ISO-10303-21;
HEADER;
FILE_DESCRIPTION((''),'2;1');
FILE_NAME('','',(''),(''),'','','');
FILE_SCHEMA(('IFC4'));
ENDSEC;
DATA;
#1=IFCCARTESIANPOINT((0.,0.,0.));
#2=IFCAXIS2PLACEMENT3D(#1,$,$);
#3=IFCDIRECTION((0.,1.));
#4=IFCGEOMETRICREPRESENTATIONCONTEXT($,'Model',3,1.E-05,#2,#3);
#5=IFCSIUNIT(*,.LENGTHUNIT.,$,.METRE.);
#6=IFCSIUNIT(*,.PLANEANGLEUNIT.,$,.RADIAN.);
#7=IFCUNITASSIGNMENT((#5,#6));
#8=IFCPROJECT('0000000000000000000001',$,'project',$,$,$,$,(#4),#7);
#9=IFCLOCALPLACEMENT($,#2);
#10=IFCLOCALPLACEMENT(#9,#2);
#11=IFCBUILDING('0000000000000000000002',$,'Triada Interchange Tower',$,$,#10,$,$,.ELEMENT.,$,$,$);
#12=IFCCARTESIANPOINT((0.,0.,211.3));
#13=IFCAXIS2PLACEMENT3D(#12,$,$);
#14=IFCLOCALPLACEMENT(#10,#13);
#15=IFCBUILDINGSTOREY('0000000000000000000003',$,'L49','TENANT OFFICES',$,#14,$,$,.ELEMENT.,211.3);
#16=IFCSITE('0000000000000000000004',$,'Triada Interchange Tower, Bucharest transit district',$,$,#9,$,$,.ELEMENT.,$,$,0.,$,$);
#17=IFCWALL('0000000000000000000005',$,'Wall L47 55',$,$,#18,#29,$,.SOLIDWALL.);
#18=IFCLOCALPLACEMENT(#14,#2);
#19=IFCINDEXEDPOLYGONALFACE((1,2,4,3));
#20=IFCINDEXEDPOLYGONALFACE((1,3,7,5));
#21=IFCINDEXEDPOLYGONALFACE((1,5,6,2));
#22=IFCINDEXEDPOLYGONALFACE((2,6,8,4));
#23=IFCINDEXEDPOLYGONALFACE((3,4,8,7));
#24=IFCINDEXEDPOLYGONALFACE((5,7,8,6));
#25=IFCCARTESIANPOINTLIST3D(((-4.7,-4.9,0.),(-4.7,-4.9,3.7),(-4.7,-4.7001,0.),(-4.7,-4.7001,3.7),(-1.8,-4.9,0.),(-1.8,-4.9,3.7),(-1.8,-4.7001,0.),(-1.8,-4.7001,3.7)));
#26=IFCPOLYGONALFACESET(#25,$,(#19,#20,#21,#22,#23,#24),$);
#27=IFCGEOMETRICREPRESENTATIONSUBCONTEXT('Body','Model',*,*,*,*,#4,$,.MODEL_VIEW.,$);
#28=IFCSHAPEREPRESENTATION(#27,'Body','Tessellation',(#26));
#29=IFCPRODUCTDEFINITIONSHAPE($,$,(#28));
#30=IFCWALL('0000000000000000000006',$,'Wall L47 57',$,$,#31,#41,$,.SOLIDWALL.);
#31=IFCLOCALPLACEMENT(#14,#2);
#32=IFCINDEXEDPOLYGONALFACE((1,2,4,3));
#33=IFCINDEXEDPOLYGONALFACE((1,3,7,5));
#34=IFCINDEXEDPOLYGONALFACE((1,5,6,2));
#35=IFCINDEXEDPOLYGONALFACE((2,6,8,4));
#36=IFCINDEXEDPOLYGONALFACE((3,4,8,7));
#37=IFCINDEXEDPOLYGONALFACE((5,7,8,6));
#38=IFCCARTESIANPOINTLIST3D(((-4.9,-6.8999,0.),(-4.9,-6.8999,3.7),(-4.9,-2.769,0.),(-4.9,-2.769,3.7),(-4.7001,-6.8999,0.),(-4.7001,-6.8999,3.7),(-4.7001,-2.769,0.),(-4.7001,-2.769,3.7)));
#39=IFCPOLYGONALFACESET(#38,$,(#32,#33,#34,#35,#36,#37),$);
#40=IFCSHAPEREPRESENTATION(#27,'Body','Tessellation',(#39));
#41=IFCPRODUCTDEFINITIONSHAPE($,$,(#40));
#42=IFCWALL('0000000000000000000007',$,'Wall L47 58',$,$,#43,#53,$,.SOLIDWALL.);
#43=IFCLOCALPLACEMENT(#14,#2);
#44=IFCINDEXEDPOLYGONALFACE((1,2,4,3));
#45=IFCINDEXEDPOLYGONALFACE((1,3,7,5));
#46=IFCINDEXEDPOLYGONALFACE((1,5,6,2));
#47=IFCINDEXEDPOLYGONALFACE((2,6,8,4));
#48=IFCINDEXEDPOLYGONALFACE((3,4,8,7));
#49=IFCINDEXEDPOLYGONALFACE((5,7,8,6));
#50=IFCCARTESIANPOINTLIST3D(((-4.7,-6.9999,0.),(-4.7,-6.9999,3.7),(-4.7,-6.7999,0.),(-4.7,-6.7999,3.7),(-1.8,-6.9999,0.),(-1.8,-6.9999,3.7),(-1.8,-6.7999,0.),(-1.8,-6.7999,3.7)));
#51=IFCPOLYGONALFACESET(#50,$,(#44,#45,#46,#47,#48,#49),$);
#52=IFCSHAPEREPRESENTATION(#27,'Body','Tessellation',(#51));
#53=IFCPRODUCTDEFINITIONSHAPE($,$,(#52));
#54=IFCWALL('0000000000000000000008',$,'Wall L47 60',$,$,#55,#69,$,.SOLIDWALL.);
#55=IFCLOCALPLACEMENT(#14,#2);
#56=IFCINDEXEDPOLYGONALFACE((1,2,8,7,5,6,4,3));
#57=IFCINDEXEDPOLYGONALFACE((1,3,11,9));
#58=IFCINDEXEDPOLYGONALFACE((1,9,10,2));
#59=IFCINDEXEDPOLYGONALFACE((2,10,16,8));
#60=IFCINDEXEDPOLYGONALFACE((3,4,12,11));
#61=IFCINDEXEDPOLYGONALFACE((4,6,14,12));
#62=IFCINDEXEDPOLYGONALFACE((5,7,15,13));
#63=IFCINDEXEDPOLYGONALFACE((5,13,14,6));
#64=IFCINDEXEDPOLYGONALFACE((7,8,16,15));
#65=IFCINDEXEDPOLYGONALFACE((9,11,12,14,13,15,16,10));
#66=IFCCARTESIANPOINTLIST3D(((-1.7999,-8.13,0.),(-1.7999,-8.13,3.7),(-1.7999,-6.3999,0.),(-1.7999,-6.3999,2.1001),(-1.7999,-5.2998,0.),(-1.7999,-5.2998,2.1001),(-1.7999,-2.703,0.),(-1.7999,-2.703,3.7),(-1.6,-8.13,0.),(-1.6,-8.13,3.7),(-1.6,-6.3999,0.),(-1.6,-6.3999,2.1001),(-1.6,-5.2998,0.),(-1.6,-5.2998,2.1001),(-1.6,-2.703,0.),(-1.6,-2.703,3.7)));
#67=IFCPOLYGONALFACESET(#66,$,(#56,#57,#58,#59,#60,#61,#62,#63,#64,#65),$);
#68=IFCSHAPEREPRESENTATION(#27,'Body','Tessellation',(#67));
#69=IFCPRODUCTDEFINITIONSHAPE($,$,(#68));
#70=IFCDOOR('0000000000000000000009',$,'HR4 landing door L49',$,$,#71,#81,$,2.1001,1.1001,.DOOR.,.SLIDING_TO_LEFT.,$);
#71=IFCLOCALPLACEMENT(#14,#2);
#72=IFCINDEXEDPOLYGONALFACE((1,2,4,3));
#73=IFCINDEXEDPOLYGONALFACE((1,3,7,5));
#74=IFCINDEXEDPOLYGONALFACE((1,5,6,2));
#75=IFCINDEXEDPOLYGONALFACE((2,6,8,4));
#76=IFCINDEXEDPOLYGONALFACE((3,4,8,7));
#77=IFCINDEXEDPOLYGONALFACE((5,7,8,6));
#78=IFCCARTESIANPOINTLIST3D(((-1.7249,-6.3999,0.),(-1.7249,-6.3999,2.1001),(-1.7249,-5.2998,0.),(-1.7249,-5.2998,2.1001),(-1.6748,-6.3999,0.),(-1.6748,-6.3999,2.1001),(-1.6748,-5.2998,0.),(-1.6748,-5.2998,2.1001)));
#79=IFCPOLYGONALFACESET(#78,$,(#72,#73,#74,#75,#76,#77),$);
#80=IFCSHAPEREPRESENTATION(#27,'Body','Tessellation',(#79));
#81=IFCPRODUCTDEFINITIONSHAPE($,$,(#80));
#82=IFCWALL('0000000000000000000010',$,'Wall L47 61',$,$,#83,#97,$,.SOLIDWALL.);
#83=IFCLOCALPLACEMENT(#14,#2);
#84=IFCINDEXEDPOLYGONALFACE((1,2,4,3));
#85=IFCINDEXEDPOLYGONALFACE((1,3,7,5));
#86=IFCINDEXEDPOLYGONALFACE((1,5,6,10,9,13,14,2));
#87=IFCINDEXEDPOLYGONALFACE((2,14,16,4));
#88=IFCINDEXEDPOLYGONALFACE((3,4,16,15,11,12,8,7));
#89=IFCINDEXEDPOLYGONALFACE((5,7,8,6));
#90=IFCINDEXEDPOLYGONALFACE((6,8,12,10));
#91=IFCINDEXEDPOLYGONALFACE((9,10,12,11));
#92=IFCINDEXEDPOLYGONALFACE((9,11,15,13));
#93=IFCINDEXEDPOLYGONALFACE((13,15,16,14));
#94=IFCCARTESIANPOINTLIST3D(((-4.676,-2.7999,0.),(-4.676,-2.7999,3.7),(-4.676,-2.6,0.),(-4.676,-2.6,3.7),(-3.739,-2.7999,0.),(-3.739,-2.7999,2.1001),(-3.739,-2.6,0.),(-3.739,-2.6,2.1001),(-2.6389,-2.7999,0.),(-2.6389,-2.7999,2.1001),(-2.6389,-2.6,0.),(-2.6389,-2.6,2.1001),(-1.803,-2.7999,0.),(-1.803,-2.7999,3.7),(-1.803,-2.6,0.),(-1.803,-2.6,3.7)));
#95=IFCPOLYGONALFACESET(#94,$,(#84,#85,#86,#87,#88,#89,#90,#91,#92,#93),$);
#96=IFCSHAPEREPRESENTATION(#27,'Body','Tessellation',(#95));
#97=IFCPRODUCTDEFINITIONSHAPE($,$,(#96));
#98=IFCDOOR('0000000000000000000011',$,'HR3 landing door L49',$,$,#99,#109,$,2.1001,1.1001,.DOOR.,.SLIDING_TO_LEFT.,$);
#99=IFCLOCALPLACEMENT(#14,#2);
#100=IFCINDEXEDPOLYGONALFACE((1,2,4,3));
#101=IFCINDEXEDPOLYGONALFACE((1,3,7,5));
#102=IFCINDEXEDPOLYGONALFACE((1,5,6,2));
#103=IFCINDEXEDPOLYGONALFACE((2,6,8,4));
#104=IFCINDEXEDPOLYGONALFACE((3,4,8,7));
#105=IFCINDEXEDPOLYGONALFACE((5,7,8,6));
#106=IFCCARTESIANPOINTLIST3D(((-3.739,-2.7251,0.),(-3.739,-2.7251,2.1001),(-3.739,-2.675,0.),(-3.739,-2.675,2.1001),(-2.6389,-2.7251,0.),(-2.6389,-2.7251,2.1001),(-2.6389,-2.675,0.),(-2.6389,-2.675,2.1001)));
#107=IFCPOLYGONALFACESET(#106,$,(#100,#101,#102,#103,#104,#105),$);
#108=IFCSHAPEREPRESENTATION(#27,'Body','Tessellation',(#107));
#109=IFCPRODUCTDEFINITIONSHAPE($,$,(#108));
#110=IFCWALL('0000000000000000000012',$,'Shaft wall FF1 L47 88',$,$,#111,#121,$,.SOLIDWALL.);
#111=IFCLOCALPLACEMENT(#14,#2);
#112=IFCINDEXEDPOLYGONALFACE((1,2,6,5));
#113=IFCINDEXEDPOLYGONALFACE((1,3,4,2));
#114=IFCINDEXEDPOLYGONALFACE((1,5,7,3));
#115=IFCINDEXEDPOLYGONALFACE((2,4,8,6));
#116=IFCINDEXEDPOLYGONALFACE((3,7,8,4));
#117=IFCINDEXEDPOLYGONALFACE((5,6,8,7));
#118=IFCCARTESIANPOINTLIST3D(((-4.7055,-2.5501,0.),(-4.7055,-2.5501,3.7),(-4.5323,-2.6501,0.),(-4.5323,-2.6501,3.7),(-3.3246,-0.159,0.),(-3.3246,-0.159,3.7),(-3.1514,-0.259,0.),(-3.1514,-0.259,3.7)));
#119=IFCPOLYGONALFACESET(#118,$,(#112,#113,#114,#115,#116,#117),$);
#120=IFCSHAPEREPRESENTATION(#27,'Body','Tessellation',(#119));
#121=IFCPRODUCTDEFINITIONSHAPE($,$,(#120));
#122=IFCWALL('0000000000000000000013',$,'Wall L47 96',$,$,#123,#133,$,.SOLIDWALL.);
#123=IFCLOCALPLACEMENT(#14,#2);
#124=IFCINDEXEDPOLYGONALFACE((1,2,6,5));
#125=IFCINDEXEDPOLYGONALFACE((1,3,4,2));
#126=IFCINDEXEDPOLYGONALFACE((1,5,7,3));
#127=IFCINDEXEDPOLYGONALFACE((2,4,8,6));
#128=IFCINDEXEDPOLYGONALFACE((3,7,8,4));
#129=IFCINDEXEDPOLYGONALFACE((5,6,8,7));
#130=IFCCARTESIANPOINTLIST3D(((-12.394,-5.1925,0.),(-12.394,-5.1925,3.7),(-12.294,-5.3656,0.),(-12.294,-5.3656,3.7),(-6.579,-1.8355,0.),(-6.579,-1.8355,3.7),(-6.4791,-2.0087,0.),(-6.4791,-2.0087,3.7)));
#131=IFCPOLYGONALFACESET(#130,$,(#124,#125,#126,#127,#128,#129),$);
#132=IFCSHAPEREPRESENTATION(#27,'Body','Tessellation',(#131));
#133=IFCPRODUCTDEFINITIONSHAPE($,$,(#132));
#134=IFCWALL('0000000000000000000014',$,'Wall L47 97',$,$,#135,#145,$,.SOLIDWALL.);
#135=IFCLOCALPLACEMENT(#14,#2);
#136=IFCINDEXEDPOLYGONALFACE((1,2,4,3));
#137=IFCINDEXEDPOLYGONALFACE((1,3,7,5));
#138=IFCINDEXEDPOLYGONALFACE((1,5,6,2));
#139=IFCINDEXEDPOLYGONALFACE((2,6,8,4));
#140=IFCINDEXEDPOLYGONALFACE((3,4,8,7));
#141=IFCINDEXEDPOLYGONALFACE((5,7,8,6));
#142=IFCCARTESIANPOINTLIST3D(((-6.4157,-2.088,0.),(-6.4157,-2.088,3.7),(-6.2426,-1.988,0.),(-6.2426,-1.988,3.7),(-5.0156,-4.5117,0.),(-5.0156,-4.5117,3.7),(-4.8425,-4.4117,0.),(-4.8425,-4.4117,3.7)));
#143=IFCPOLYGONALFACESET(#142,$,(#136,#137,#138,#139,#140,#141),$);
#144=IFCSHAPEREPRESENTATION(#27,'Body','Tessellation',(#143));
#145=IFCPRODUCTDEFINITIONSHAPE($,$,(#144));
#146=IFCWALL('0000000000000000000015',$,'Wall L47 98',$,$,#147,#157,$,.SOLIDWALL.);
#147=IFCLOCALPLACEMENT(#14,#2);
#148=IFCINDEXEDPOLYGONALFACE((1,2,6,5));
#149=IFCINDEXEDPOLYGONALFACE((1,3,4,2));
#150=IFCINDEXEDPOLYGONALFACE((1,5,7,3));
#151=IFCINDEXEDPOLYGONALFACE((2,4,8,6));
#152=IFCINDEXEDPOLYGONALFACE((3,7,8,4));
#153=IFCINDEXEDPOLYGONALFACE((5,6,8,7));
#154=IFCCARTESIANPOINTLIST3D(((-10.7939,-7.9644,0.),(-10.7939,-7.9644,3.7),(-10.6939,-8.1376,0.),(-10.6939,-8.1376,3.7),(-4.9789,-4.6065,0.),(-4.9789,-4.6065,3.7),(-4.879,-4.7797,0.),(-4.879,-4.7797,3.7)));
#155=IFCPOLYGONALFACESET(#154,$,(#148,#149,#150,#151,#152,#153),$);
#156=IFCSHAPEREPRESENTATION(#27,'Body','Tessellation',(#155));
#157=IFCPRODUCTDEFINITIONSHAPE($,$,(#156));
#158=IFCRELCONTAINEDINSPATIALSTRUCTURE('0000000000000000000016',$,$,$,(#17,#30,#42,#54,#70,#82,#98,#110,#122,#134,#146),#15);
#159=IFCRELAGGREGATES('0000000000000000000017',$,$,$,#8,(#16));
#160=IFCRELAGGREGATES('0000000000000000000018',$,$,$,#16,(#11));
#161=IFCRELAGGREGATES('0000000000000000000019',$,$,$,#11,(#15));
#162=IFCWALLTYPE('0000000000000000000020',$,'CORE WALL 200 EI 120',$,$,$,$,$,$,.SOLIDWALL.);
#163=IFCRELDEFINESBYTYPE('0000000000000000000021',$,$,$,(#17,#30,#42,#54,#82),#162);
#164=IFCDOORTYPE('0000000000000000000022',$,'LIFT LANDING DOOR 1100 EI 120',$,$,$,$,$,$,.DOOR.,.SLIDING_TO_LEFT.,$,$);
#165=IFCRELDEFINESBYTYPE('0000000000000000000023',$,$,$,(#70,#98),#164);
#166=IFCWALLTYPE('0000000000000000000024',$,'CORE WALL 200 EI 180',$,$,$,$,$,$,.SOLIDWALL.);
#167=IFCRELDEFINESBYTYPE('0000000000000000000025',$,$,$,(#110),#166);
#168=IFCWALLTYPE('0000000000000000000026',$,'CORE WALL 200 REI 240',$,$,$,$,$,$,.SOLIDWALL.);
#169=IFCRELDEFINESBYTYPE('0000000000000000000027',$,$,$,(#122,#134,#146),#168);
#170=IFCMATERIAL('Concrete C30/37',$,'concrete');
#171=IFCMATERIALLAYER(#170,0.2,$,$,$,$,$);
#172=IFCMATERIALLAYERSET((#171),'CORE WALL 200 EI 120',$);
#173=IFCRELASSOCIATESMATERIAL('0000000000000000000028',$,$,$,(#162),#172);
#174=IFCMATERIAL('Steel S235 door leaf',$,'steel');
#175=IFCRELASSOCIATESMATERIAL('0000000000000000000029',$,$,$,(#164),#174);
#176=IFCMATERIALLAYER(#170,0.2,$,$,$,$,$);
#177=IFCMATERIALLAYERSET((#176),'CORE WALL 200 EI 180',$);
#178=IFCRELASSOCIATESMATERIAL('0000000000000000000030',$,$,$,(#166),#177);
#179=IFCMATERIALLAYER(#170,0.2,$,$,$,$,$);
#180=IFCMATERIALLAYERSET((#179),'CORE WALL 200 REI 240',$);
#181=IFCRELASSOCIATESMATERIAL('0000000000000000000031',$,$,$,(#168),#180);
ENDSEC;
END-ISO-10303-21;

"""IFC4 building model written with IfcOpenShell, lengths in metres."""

from ifc_helpers import new_model, si_unit, direction, frame, frame_2d, origin, place, context, subcontext, project, spatial, rectangle, extrude, material, layer, layer_set, type_object, element, fill, save


model = new_model("IFC4")

# Units and contexts
model_context = context("Model", 3, precision=1e-05, world=origin(), true_north=direction((0.0, 1.0)))
body_context = subcontext(model_context, "Body", "Model", "MODEL_VIEW")
ifc_project = project(units=[si_unit("LENGTHUNIT", "METRE"), si_unit("PLANEANGLEUNIT", "RADIAN")], contexts=[model_context])

# Site, building, storey
site_placement = place(None, origin())
site = spatial("IfcSite", under=ifc_project, at=site_placement, Name="Triada Interchange Tower, Bucharest transit district", CompositionType="ELEMENT", RefElevation=0.0)
building_placement = place(site_placement, origin())
building = spatial("IfcBuilding", under=site, at=building_placement, Name="Triada Interchange Tower", CompositionType="ELEMENT")
storey_placement = place(building_placement, frame((0.0, 0.0, 211.3)))
storey = spatial("IfcBuildingStorey", under=building, at=storey_placement, Name="L49", Description="TENANT OFFICES", CompositionType="ELEMENT", Elevation=211.3)

# Walls
ifc_material_1 = material(Name="Concrete C30/37", Category="concrete")
ifc_layer_1 = layer(ifc_material_1, 0.2)
ifc_layer_set_1 = layer_set([ifc_layer_1], Name="CORE WALL 200 EI 120")
wall_type_1 = type_object("IfcWallType", Name="CORE WALL 200 EI 120", PredefinedType="SOLIDWALL", material=ifc_layer_set_1)
wall_1_placement = place(storey_placement, frame((-4.7, -4.8, 0.0), z_axis=(0.0, 0.0, 1.0), x_axis=(1.0, 0.0, 0.0)))
element("IfcWall", 1, at=wall_1_placement, inside=storey, type_object=wall_type_1, Name="Wall L47 55", PredefinedType="SOLIDWALL", context=body_context, shape_type="SweptSolid", body=[
    extrude(rectangle(XDim=2.8999, YDim=0.2, at=frame_2d((1.45, 0.0))), origin(), (0.0, 0.0, 1.0), 3.7),
])
wall_2_placement = place(storey_placement, frame((-4.8, -6.8999, 0.0), z_axis=(0.0, 0.0, 1.0), x_axis=(0.0, 1.0, 0.0)))
element("IfcWall", 2, at=wall_2_placement, inside=storey, type_object=wall_type_1, Name="Wall L47 57", PredefinedType="SOLIDWALL", context=body_context, shape_type="SweptSolid", body=[
    extrude(rectangle(XDim=4.1309, YDim=0.2, at=frame_2d((2.0654, 0.0))), origin(), (0.0, 0.0, 1.0), 3.7),
])
wall_3_placement = place(storey_placement, frame((-4.7, -6.8999, 0.0), z_axis=(0.0, 0.0, 1.0), x_axis=(1.0, 0.0, 0.0)))
element("IfcWall", 3, at=wall_3_placement, inside=storey, type_object=wall_type_1, Name="Wall L47 58", PredefinedType="SOLIDWALL", context=body_context, shape_type="SweptSolid", body=[
    extrude(rectangle(XDim=2.8999, YDim=0.2, at=frame_2d((1.45, 0.0))), origin(), (0.0, 0.0, 1.0), 3.7),
])

# Walls, openings, doors
wall_4_placement = place(storey_placement, frame((-1.7, -8.1299, 0.0), z_axis=(0.0, 0.0, 1.0), x_axis=(0.0, 1.0, 0.0)))
wall_4 = element("IfcWall", 4, at=wall_4_placement, inside=storey, type_object=wall_type_1, Name="Wall L47 60", PredefinedType="SOLIDWALL", context=body_context, shape_type="SweptSolid", body=[
    extrude(rectangle(XDim=5.427, YDim=0.2, at=frame_2d((2.7134, 0.0))), origin(), (0.0, 0.0, 1.0), 3.7),
])
opening_1_placement = place(wall_4_placement, frame((1.73, 0.0, 0.0)))
opening_1 = element("IfcOpeningElement", 5, at=opening_1_placement, cuts=wall_4, PredefinedType="OPENING", context=body_context, shape_type="SweptSolid", body=[
    extrude(rectangle(XDim=1.1001, YDim=2.1001, at=frame_2d((0.55, 1.05))), frame((0.0, 0.1099, 0.0), z_axis=(0.0, -1.0, 0.0), x_axis=(1.0, 0.0, 0.0)), (0.0, 0.0, 1.0), 0.22),
])
ifc_material_2 = material(Name="Steel S235 door leaf", Category="steel")
door_type_1 = type_object("IfcDoorType", Name="LIFT LANDING DOOR 1100 EI 120", OperationType="SLIDING_TO_LEFT", PredefinedType="DOOR", material=ifc_material_2)
door_1_placement = place(opening_1_placement, origin())
door_1 = element("IfcDoor", 6, at=door_1_placement, inside=storey, type_object=door_type_1, Name="HR4 landing door L49", OperationType="SLIDING_TO_LEFT", OverallHeight=2.1001, OverallWidth=1.1001, PredefinedType="DOOR", context=body_context, shape_type="SweptSolid", body=[
    extrude(rectangle(XDim=1.1001, YDim=2.1001, at=frame_2d((0.55, 1.05))), frame((0.0, 0.0249, 0.0), z_axis=(0.0, -1.0, 0.0), x_axis=(1.0, 0.0, 0.0)), (0.0, 0.0, 1.0), 0.05),
])
fill(opening_1, door_1)
wall_5_placement = place(storey_placement, frame((-4.676, -2.7, 0.0), z_axis=(0.0, 0.0, 1.0), x_axis=(1.0, 0.0, 0.0)))
wall_5 = element("IfcWall", 7, at=wall_5_placement, inside=storey, type_object=wall_type_1, Name="Wall L47 61", PredefinedType="SOLIDWALL", context=body_context, shape_type="SweptSolid", body=[
    extrude(rectangle(XDim=2.873, YDim=0.2, at=frame_2d((1.4365, 0.0))), origin(), (0.0, 0.0, 1.0), 3.7),
])
opening_2_placement = place(wall_5_placement, frame((0.937, 0.0, 0.0)))
opening_2 = element("IfcOpeningElement", 8, at=opening_2_placement, cuts=wall_5, PredefinedType="OPENING", context=body_context, shape_type="SweptSolid", body=[
    extrude(rectangle(XDim=1.1001, YDim=2.1001, at=frame_2d((0.55, 1.05))), frame((0.0, 0.1099, 0.0), z_axis=(0.0, -1.0, 0.0), x_axis=(1.0, 0.0, 0.0)), (0.0, 0.0, 1.0), 0.22),
])
door_2_placement = place(opening_2_placement, origin())
door_2 = element("IfcDoor", 9, at=door_2_placement, inside=storey, type_object=door_type_1, Name="HR3 landing door L49", OperationType="SLIDING_TO_LEFT", OverallHeight=2.1001, OverallWidth=1.1001, PredefinedType="DOOR", context=body_context, shape_type="SweptSolid", body=[
    extrude(rectangle(XDim=1.1001, YDim=2.1001, at=frame_2d((0.55, 1.05))), frame((0.0, 0.0249, 0.0), z_axis=(0.0, -1.0, 0.0), x_axis=(1.0, 0.0, 0.0)), (0.0, 0.0, 1.0), 0.05),
])
fill(opening_2, door_2)

# Walls
ifc_layer_2 = layer(ifc_material_1, 0.2)
ifc_layer_set_2 = layer_set([ifc_layer_2], Name="CORE WALL 200 EI 180")
wall_type_2 = type_object("IfcWallType", Name="CORE WALL 200 EI 180", PredefinedType="SOLIDWALL", material=ifc_layer_set_2)
wall_6_placement = place(storey_placement, frame((-4.6189, -2.6001, 0.0), z_axis=(0.0, 0.0, 1.0), x_axis=(0.500095, 0.865971, 0.0)))
element("IfcWall", 10, at=wall_6_placement, inside=storey, type_object=wall_type_2, Name="Shaft wall FF1 L47 88", PredefinedType="SOLIDWALL", context=body_context, shape_type="SweptSolid", body=[
    extrude(rectangle(XDim=2.7612, YDim=0.2, at=frame_2d((1.3806, 0.0))), origin(), (0.0, 0.0, 1.0), 3.7),
])
ifc_layer_3 = layer(ifc_material_1, 0.2)
ifc_layer_set_3 = layer_set([ifc_layer_3], Name="CORE WALL 200 REI 240")
wall_type_3 = type_object("IfcWallType", Name="CORE WALL 200 REI 240", PredefinedType="SOLIDWALL", material=ifc_layer_set_3)
wall_7_placement = place(storey_placement, frame((-12.344, -5.2791, 0.0), z_axis=(0.0, 0.0, 1.0), x_axis=(0.866046, 0.499964, 0.0)))
element("IfcWall", 11, at=wall_7_placement, inside=storey, type_object=wall_type_3, Name="Wall L47 96", PredefinedType="SOLIDWALL", context=body_context, shape_type="SweptSolid", body=[
    extrude(rectangle(XDim=6.7144, YDim=0.2, at=frame_2d((3.3572, 0.0))), origin(), (0.0, 0.0, 1.0), 3.7),
])
wall_8_placement = place(storey_placement, frame((-6.3291, -2.0381, 0.0), z_axis=(0.0, 0.0, 1.0), x_axis=(0.500201, -0.86591, 0.0)))
element("IfcWall", 12, at=wall_8_placement, inside=storey, type_object=wall_type_3, Name="Wall L47 97", PredefinedType="SOLIDWALL", context=body_context, shape_type="SweptSolid", body=[
    extrude(rectangle(XDim=2.7991, YDim=0.2, at=frame_2d((1.3994, 0.0))), origin(), (0.0, 0.0, 1.0), 3.7),
])
wall_9_placement = place(storey_placement, frame((-10.7439, -8.051, 0.0), z_axis=(0.0, 0.0, 1.0), x_axis=(0.865983, 0.500073, 0.0)))
element("IfcWall", 13, at=wall_9_placement, inside=storey, type_object=wall_type_3, Name="Wall L47 98", PredefinedType="SOLIDWALL", context=body_context, shape_type="SweptSolid", body=[
    extrude(rectangle(XDim=6.7148, YDim=0.2, at=frame_2d((3.3574, 0.0))), origin(), (0.0, 0.0, 1.0), 3.7),
])

save(model, "model.ifc")
